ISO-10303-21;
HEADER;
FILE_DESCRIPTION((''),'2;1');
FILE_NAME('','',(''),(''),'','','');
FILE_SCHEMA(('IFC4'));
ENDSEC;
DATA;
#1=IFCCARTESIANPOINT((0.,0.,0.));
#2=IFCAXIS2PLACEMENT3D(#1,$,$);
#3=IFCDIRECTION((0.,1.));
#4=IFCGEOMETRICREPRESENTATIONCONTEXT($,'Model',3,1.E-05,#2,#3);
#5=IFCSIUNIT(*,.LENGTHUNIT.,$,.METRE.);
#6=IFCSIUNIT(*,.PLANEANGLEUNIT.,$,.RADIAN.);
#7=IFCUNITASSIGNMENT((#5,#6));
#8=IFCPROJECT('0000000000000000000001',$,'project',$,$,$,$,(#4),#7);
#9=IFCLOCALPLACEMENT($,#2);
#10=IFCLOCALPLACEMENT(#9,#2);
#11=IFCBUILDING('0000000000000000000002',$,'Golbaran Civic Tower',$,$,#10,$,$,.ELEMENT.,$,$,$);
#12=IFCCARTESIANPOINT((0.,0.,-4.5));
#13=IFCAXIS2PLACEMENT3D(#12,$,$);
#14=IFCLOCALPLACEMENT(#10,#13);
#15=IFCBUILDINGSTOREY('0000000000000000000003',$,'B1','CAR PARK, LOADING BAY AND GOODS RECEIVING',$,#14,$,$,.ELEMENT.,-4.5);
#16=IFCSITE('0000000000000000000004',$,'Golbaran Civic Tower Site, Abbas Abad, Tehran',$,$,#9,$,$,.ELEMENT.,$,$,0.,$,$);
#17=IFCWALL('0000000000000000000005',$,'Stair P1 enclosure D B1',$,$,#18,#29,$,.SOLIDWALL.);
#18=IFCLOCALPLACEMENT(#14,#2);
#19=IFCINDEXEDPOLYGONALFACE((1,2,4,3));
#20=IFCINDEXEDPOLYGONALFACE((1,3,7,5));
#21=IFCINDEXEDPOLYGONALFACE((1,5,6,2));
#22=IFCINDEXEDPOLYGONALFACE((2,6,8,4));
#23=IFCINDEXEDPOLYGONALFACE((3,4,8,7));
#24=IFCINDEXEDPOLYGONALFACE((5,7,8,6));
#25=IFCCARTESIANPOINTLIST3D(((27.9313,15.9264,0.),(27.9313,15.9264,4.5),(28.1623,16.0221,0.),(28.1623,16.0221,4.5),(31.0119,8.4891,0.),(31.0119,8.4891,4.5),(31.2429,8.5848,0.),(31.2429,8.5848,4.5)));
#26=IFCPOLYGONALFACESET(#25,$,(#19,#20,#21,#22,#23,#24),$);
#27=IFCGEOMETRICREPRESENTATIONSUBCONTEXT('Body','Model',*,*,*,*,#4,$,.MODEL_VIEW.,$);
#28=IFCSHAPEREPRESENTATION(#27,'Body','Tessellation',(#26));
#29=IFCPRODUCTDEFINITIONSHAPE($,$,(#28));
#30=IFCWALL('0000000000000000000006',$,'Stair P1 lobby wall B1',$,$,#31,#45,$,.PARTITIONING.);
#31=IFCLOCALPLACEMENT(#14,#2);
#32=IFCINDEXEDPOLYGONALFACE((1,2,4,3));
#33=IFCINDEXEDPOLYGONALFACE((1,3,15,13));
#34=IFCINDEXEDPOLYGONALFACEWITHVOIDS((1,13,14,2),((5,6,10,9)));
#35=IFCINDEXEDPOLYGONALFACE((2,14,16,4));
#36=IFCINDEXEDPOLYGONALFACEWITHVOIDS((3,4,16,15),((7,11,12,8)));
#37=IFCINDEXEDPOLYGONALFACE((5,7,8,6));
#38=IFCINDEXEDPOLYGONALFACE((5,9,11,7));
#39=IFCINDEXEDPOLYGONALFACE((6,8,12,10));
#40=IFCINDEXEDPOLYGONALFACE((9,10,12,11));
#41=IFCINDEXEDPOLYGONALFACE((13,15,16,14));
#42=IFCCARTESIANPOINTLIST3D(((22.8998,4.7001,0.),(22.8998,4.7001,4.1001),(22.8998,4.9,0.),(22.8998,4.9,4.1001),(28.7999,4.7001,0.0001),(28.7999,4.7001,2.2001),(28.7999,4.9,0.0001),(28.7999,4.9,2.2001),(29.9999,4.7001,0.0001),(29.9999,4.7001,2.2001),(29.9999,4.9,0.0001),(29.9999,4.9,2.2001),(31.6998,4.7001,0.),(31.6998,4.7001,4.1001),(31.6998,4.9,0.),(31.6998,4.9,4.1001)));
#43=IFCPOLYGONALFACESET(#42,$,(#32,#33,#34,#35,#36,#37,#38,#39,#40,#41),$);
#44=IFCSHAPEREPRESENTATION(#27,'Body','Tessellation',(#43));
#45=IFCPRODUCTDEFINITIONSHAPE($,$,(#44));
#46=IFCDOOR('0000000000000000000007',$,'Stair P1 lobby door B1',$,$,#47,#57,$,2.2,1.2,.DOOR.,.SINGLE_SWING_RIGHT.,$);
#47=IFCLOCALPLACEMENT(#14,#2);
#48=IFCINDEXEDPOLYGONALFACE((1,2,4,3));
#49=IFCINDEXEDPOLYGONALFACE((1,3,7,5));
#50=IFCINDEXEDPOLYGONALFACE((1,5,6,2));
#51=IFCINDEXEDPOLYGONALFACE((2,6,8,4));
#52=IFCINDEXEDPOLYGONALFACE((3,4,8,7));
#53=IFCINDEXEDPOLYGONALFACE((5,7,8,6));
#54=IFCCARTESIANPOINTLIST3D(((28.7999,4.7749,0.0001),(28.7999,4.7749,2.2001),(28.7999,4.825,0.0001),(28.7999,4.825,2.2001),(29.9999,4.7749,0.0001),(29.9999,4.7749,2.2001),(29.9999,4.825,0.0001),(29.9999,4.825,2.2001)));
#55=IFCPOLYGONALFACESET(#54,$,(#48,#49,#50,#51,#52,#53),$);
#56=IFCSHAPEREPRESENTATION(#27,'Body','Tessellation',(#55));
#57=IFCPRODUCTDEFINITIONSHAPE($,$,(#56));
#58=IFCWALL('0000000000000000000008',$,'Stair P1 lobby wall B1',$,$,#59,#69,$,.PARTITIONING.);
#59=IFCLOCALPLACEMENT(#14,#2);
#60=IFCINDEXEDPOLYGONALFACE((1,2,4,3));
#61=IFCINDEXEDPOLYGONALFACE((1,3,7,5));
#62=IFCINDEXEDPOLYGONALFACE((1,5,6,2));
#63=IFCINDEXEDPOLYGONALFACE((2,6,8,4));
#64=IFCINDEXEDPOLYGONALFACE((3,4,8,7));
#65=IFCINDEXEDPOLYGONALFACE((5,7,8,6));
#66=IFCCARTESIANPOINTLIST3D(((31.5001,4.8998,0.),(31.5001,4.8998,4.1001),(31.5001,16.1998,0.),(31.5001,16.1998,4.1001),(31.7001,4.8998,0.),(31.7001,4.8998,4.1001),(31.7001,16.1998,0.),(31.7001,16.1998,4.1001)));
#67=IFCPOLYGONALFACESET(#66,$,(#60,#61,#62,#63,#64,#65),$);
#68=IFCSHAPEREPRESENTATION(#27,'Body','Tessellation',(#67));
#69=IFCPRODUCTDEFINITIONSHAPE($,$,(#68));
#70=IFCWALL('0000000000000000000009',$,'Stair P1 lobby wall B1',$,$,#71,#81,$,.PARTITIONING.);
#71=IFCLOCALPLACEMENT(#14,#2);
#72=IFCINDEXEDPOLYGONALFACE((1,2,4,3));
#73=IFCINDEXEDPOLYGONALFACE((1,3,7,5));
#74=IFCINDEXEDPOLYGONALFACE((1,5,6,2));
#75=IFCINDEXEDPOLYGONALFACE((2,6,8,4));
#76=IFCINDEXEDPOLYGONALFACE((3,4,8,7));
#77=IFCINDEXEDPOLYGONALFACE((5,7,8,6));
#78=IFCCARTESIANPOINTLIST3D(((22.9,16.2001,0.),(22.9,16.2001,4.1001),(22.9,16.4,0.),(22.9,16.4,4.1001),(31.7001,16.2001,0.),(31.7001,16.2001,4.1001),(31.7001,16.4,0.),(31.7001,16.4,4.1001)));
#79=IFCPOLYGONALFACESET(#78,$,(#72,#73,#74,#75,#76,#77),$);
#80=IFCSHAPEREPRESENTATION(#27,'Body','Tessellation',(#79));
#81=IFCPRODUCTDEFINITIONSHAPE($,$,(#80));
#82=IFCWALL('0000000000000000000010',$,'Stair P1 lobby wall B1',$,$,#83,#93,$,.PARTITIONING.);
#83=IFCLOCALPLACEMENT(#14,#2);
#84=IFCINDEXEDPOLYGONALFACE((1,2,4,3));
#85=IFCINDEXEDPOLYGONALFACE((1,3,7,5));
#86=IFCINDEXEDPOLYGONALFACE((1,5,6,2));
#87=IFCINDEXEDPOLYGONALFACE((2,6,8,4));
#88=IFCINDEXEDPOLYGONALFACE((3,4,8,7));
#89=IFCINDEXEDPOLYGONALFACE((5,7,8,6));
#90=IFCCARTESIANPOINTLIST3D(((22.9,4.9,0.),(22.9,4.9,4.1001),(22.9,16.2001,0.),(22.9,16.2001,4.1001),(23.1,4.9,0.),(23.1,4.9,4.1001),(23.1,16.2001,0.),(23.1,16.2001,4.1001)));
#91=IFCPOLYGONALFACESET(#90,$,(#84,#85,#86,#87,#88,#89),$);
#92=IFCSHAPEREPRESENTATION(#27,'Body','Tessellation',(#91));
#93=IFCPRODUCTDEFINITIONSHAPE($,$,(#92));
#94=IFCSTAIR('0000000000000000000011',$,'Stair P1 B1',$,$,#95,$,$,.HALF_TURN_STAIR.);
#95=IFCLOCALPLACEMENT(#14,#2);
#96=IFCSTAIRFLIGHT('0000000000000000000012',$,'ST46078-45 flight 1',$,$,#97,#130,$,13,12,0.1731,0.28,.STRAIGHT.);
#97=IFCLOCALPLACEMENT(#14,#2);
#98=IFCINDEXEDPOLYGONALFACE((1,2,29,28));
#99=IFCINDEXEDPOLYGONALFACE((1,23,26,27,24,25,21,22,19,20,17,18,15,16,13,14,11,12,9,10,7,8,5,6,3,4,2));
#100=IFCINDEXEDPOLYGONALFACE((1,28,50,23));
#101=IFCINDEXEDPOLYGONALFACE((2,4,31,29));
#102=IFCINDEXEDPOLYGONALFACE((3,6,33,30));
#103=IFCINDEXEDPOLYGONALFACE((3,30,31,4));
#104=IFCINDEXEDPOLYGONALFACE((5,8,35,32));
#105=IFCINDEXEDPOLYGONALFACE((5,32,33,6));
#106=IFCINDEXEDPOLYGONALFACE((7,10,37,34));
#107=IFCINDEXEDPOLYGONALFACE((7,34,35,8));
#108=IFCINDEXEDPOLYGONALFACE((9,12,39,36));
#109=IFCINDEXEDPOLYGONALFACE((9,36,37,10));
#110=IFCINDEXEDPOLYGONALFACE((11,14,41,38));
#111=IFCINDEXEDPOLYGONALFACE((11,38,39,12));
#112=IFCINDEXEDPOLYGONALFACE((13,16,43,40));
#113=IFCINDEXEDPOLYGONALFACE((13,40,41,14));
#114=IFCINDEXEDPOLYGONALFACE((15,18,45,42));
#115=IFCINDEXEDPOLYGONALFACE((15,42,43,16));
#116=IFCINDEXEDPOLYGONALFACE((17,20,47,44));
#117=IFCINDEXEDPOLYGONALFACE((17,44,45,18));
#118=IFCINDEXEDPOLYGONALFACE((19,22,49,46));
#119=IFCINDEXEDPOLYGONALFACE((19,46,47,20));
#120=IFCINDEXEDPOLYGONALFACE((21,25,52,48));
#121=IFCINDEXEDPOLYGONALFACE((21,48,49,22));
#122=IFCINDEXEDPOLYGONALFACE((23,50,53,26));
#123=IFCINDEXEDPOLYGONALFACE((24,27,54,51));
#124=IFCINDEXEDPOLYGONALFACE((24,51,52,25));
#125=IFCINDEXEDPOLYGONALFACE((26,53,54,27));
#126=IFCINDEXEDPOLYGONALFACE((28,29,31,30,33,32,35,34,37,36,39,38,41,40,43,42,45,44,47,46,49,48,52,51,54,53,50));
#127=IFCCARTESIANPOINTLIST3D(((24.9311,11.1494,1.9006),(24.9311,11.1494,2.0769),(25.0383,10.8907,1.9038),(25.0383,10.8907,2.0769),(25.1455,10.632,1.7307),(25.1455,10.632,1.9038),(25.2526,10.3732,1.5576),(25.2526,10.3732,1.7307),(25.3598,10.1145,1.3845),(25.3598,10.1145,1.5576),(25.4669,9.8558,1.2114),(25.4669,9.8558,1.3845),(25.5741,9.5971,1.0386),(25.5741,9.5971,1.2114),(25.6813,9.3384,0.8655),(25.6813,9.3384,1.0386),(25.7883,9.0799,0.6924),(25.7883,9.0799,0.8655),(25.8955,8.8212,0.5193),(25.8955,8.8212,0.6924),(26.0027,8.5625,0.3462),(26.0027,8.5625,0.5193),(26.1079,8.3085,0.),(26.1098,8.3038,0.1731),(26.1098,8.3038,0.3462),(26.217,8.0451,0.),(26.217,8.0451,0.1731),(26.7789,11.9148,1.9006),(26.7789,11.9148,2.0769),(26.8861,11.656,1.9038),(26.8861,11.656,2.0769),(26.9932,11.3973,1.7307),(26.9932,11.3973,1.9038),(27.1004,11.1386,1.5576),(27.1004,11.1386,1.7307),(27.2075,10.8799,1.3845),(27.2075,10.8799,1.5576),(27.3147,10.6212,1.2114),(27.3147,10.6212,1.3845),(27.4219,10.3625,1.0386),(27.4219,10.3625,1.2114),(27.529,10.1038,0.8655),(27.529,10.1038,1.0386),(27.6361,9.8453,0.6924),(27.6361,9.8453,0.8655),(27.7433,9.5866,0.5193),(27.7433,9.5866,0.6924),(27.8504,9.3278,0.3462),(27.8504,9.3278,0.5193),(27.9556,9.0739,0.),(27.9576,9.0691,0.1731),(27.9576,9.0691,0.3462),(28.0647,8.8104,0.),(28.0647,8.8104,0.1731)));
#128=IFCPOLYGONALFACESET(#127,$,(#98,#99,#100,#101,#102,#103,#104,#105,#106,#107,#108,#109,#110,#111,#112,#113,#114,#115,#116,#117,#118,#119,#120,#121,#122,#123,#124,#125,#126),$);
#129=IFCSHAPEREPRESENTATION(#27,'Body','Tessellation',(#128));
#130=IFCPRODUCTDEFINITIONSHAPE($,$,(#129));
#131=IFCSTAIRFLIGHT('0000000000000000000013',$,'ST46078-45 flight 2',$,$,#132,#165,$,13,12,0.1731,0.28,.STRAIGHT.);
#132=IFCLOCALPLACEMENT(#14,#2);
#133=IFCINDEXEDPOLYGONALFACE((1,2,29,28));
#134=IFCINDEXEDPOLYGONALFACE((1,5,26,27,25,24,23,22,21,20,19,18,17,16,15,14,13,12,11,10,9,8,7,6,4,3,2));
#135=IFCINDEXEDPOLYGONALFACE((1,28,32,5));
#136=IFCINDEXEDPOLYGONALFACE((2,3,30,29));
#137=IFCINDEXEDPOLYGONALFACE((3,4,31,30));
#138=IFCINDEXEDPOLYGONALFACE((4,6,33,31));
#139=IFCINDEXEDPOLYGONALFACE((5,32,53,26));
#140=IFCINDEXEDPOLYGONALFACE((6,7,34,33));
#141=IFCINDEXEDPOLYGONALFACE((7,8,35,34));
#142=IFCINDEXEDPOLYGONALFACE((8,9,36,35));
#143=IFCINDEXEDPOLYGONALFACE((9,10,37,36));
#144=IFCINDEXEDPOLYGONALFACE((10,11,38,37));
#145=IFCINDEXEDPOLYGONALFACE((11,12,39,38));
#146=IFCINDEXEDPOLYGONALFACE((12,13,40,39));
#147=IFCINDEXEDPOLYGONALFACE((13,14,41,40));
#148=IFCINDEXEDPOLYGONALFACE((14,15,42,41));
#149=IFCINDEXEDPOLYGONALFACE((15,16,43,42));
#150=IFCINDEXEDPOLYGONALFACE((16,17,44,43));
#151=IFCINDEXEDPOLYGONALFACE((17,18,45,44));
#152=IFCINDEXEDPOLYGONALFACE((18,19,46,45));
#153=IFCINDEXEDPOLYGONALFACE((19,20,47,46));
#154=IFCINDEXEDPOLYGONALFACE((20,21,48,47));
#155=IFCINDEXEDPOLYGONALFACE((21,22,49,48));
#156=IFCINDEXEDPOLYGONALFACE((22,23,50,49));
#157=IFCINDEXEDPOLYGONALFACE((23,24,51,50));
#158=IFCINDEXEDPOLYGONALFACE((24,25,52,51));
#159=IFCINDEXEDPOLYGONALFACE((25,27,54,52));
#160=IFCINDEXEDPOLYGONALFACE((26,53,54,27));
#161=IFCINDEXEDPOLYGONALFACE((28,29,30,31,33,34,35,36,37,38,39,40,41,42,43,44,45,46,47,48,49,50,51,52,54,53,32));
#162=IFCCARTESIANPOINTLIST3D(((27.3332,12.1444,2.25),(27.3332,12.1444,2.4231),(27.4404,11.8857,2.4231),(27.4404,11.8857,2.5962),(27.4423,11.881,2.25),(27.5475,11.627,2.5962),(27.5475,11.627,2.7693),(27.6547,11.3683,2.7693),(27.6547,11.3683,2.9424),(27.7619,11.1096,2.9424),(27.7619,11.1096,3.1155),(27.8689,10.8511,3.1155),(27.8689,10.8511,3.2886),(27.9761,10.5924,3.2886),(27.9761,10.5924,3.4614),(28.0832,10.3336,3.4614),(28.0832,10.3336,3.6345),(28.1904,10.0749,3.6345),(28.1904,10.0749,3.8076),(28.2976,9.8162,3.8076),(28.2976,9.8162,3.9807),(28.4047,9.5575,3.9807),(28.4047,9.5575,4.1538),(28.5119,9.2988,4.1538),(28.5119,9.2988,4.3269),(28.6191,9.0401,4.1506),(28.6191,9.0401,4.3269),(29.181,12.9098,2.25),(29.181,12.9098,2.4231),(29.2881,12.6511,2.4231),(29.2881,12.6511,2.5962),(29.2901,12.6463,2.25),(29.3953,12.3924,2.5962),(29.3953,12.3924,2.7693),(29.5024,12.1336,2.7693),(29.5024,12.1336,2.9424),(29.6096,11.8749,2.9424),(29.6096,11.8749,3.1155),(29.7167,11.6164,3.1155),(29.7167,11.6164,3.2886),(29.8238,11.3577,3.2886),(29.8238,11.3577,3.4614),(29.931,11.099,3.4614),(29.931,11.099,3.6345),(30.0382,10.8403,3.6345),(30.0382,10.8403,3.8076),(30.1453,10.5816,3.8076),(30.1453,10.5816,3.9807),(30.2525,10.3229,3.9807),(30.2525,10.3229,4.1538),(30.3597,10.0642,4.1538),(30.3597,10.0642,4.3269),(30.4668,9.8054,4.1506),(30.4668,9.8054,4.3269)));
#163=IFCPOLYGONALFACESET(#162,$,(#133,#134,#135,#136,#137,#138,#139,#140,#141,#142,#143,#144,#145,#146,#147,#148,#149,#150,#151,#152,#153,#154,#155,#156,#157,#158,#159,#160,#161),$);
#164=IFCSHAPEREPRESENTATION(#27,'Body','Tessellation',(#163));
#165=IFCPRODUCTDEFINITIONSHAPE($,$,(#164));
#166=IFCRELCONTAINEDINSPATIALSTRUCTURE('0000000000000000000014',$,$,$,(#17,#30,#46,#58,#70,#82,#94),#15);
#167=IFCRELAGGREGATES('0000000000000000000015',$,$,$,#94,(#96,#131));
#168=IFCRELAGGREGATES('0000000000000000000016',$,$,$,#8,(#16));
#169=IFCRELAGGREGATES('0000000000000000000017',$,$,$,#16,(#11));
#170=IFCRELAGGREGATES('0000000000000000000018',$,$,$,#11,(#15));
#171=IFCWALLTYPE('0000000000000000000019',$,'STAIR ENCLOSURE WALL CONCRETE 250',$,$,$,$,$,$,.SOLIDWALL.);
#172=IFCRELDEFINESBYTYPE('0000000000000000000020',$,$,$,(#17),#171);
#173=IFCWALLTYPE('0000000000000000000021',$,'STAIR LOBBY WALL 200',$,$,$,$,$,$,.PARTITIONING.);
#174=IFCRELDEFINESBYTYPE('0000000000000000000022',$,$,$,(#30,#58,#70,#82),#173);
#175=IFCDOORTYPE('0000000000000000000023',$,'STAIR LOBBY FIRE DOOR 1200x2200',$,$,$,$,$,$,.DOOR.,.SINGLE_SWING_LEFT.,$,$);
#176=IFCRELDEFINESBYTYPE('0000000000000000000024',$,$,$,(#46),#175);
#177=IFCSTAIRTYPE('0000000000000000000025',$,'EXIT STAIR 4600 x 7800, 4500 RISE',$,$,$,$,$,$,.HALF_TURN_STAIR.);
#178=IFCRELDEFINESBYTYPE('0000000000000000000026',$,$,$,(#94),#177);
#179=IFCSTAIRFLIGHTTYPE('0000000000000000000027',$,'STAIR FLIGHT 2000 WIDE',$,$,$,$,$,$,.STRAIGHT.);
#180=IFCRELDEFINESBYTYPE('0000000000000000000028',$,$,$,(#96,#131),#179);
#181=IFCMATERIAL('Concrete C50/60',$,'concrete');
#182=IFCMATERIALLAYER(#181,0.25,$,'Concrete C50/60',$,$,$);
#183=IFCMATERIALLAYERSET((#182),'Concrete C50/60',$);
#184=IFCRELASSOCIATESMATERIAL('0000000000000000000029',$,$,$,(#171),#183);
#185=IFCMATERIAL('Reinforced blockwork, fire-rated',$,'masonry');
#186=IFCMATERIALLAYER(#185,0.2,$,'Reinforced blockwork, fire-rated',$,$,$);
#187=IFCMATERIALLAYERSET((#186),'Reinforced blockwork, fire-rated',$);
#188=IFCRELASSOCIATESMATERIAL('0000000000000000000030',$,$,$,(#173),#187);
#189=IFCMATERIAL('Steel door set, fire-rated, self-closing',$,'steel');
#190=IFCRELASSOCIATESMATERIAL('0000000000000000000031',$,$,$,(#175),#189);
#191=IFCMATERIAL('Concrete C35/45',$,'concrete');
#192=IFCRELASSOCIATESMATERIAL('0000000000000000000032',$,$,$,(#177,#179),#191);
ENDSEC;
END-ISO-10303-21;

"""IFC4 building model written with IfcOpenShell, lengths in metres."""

from ifc_helpers import new_model, si_unit, direction, frame, frame_2d, origin, place, context, subcontext, project, spatial, polyline, rectangle, outline, extrude, material, layer, layer_set, type_object, element, fill, aggregate, save


model = new_model("IFC4")

# Units and contexts
model_context = context("Model", 3, precision=1e-05, world=origin(), true_north=direction((0.0, 1.0)))
body_context = subcontext(model_context, "Body", "Model", "MODEL_VIEW")
ifc_project = project(units=[si_unit("LENGTHUNIT", "METRE"), si_unit("PLANEANGLEUNIT", "RADIAN")], contexts=[model_context])

# Site, building, storey
site_placement = place(None, origin())
site = spatial("IfcSite", under=ifc_project, at=site_placement, Name="Golbaran Civic Tower Site, Abbas Abad, Tehran", CompositionType="ELEMENT", RefElevation=0.0)
building_placement = place(site_placement, origin())
building = spatial("IfcBuilding", under=site, at=building_placement, Name="Golbaran Civic Tower", CompositionType="ELEMENT")
storey_placement = place(building_placement, frame((0.0, 0.0, -4.5)))
storey = spatial("IfcBuildingStorey", under=building, at=storey_placement, Name="B1", Description="CAR PARK, LOADING BAY AND GOODS RECEIVING", CompositionType="ELEMENT", Elevation=-4.5)

# Shared definitions
ifc_material_1 = material(Name="Concrete C50/60", Category="concrete")

# Shared definitions
ifc_layer_1 = layer(ifc_material_1, 0.25, Name="Concrete C50/60")
ifc_layer_set_1 = layer_set([ifc_layer_1], Name="Concrete C50/60")
wall_type_1 = type_object("IfcWallType", Name="STAIR ENCLOSURE WALL CONCRETE 250", PredefinedType="SOLIDWALL", material=ifc_layer_set_1)

# Wall
wall_1_placement = place(storey_placement, frame((28.0469, 15.9741, 0.0), z_axis=(0.0, 0.0, 1.0), x_axis=(0.382679, -0.923882, 0.0)))
element("IfcWall", 1, at=wall_1_placement, inside=storey, type_object=wall_type_1, Name="Stair P1 enclosure D B1", PredefinedType="SOLIDWALL", context=body_context, shape_type="SweptSolid", body=[
    extrude(rectangle(XDim=8.05, YDim=0.25, at=frame_2d((4.0249, 0.0))), origin(), (0.0, 0.0, 1.0), 4.5),
])

# Wall, opening, door
ifc_material_2 = material(Name="Reinforced blockwork, fire-rated", Category="masonry")
ifc_layer_2 = layer(ifc_material_2, 0.2, Name="Reinforced blockwork, fire-rated")
ifc_layer_set_2 = layer_set([ifc_layer_2], Name="Reinforced blockwork, fire-rated")
wall_type_2 = type_object("IfcWallType", Name="STAIR LOBBY WALL 200", PredefinedType="PARTITIONING", material=ifc_layer_set_2)
wall_2_placement = place(storey_placement, frame((22.8999, 4.8, 0.0), z_axis=(0.0, 0.0, 1.0), x_axis=(1.0, 0.0, 0.0)))
wall_2 = element("IfcWall", 2, at=wall_2_placement, inside=storey, type_object=wall_type_2, Name="Stair P1 lobby wall B1", PredefinedType="PARTITIONING", context=body_context, shape_type="SweptSolid", body=[
    extrude(rectangle(XDim=8.8, YDim=0.2, at=frame_2d((4.3999, 0.0))), origin(), (0.0, 0.0, 1.0), 4.1001),
])
opening_1_placement = place(wall_2_placement, frame((5.8999, 0.0, 0.0)))
opening_1 = element("IfcOpeningElement", 3, at=opening_1_placement, cuts=wall_2, PredefinedType="OPENING", context=body_context, shape_type="SweptSolid", body=[
    extrude(rectangle(XDim=1.2, YDim=2.2, at=frame_2d((0.6001, 1.1001))), frame((0.0, 0.1099, 0.0), z_axis=(0.0, -1.0, 0.0), x_axis=(1.0, 0.0, 0.0)), (0.0, 0.0, 1.0), 0.22),
])
ifc_material_3 = material(Name="Steel door set, fire-rated, self-closing", Category="steel")
door_type_1 = type_object("IfcDoorType", Name="STAIR LOBBY FIRE DOOR 1200x2200", OperationType="SINGLE_SWING_LEFT", PredefinedType="DOOR", material=ifc_material_3)
door_1_placement = place(opening_1_placement, origin())
door_1 = element("IfcDoor", 4, at=door_1_placement, inside=storey, type_object=door_type_1, Name="Stair P1 lobby door B1", OperationType="SINGLE_SWING_RIGHT", OverallHeight=2.2, OverallWidth=1.2, PredefinedType="DOOR", context=body_context, shape_type="SweptSolid", body=[
    extrude(rectangle(XDim=1.2, YDim=2.2, at=frame_2d((0.6001, 1.1001))), frame((0.0, 0.0249, 0.0), z_axis=(0.0, -1.0, 0.0), x_axis=(1.0, 0.0, 0.0)), (0.0, 0.0, 1.0), 0.05),
])
fill(opening_1, door_1)

# Walls
wall_3_placement = place(storey_placement, frame((31.6001, 4.8999, 0.0), z_axis=(0.0, 0.0, 1.0), x_axis=(0.0, 1.0, 0.0)))
element("IfcWall", 5, at=wall_3_placement, inside=storey, type_object=wall_type_2, Name="Stair P1 lobby wall B1", PredefinedType="PARTITIONING", context=body_context, shape_type="SweptSolid", body=[
    extrude(rectangle(XDim=11.3, YDim=0.2, at=frame_2d((5.6499, 0.0))), origin(), (0.0, 0.0, 1.0), 4.1001),
])
wall_4_placement = place(storey_placement, frame((31.7, 16.3, 0.0), z_axis=(0.0, 0.0, 1.0), x_axis=(-1.0, 0.0, 0.0)))
element("IfcWall", 6, at=wall_4_placement, inside=storey, type_object=wall_type_2, Name="Stair P1 lobby wall B1", PredefinedType="PARTITIONING", context=body_context, shape_type="SweptSolid", body=[
    extrude(rectangle(XDim=8.8, YDim=0.2, at=frame_2d((4.3999, 0.0))), origin(), (0.0, 0.0, 1.0), 4.1001),
])
wall_5_placement = place(storey_placement, frame((23.0, 16.2, 0.0), z_axis=(0.0, 0.0, 1.0), x_axis=(0.0, -1.0, 0.0)))
element("IfcWall", 7, at=wall_5_placement, inside=storey, type_object=wall_type_2, Name="Stair P1 lobby wall B1", PredefinedType="PARTITIONING", context=body_context, shape_type="SweptSolid", body=[
    extrude(rectangle(XDim=11.3, YDim=0.2, at=frame_2d((5.6499, 0.0))), origin(), (0.0, 0.0, 1.0), 4.1001),
])

# Stair, stair flights
ifc_material_4 = material(Name="Concrete C35/45", Category="concrete")
stair_type = type_object("IfcStairType", Name="EXIT STAIR 4600 x 7800, 4500 RISE", PredefinedType="HALF_TURN_STAIR", material=ifc_material_4)
stair_placement = place(storey_placement, origin())
stair = element("IfcStair", 8, at=stair_placement, inside=storey, type_object=stair_type, Name="Stair P1 B1", PredefinedType="HALF_TURN_STAIR")
stair_flight_type = type_object("IfcStairFlightType", Name="STAIR FLIGHT 2000 WIDE", PredefinedType="STRAIGHT", material=ifc_material_4)
stair_flight_1_placement = place(storey_placement, frame((27.1409, 8.4277, 0.0), z_axis=(0.0, 0.0, 1.0), x_axis=(-0.382683, 0.92388, 0.0)))
stair_flight_1 = element("IfcStairFlight", 9, at=stair_flight_1_placement, type_object=stair_flight_type, Name="ST46078-45 flight 1", NumberOfRisers=13, NumberOfTreads=12, PredefinedType="STRAIGHT", RiserHeight=0.1731, TreadLength=0.28, context=body_context, shape_type="SweptSolid", body=[
    extrude(outline(polyline([(0.0, 0.0), (0.0, 0.1731), (0.28, 0.1731), (0.28, 0.3462), (0.5601, 0.3462), (0.5601, 0.5193), (0.8401, 0.5193), (0.8401, 0.6924), (1.1201, 0.6924), (1.1201, 0.8655), (1.3999, 0.8655), (1.3999, 1.0386), (1.6799, 1.0386), (1.6799, 1.2114), (1.96, 1.2114), (1.96, 1.3845), (2.24, 1.3845), (2.24, 1.5576), (2.52, 1.5576), (2.52, 1.7307), (2.8, 1.7307), (2.8, 1.9038), (3.0801, 1.9038), (3.0801, 2.0769), (3.3601, 2.0769), (3.3601, 2.25), (3.3601, 1.9006), (0.2852, 0.0), (0.0, 0.0)])), frame((0.0, 1.0, 0.0), z_axis=(0.0, -1.0, 0.0), x_axis=(1.0, 0.0, 0.0)), (0.0, 0.0, 1.0), 2.0),
])
stair_flight_2_placement = place(storey_placement, frame((28.2571, 12.5271, 2.25), z_axis=(0.0, 0.0, 1.0), x_axis=(0.382683, -0.92388, 0.0)))
stair_flight_2 = element("IfcStairFlight", 10, at=stair_flight_2_placement, type_object=stair_flight_type, Name="ST46078-45 flight 2", NumberOfRisers=13, NumberOfTreads=12, PredefinedType="STRAIGHT", RiserHeight=0.1731, TreadLength=0.28, context=body_context, shape_type="SweptSolid", body=[
    extrude(outline(polyline([(0.0, 0.0), (0.0, 0.1731), (0.28, 0.1731), (0.28, 0.3462), (0.5601, 0.3462), (0.5601, 0.5193), (0.8401, 0.5193), (0.8401, 0.6924), (1.1201, 0.6924), (1.1201, 0.8655), (1.3999, 0.8655), (1.3999, 1.0386), (1.6799, 1.0386), (1.6799, 1.2114), (1.96, 1.2114), (1.96, 1.3845), (2.24, 1.3845), (2.24, 1.5576), (2.52, 1.5576), (2.52, 1.7307), (2.8, 1.7307), (2.8, 1.9038), (3.0801, 1.9038), (3.0801, 2.0769), (3.3601, 2.0769), (3.3601, 2.25), (3.3601, 1.9006), (0.2852, 0.0), (0.0, 0.0)])), frame((0.0, 1.0, 0.0), z_axis=(0.0, -1.0, 0.0), x_axis=(1.0, 0.0, 0.0)), (0.0, 0.0, 1.0), 2.0),
])
aggregate(stair, [stair_flight_1, stair_flight_2])

save(model, "model.ifc")
